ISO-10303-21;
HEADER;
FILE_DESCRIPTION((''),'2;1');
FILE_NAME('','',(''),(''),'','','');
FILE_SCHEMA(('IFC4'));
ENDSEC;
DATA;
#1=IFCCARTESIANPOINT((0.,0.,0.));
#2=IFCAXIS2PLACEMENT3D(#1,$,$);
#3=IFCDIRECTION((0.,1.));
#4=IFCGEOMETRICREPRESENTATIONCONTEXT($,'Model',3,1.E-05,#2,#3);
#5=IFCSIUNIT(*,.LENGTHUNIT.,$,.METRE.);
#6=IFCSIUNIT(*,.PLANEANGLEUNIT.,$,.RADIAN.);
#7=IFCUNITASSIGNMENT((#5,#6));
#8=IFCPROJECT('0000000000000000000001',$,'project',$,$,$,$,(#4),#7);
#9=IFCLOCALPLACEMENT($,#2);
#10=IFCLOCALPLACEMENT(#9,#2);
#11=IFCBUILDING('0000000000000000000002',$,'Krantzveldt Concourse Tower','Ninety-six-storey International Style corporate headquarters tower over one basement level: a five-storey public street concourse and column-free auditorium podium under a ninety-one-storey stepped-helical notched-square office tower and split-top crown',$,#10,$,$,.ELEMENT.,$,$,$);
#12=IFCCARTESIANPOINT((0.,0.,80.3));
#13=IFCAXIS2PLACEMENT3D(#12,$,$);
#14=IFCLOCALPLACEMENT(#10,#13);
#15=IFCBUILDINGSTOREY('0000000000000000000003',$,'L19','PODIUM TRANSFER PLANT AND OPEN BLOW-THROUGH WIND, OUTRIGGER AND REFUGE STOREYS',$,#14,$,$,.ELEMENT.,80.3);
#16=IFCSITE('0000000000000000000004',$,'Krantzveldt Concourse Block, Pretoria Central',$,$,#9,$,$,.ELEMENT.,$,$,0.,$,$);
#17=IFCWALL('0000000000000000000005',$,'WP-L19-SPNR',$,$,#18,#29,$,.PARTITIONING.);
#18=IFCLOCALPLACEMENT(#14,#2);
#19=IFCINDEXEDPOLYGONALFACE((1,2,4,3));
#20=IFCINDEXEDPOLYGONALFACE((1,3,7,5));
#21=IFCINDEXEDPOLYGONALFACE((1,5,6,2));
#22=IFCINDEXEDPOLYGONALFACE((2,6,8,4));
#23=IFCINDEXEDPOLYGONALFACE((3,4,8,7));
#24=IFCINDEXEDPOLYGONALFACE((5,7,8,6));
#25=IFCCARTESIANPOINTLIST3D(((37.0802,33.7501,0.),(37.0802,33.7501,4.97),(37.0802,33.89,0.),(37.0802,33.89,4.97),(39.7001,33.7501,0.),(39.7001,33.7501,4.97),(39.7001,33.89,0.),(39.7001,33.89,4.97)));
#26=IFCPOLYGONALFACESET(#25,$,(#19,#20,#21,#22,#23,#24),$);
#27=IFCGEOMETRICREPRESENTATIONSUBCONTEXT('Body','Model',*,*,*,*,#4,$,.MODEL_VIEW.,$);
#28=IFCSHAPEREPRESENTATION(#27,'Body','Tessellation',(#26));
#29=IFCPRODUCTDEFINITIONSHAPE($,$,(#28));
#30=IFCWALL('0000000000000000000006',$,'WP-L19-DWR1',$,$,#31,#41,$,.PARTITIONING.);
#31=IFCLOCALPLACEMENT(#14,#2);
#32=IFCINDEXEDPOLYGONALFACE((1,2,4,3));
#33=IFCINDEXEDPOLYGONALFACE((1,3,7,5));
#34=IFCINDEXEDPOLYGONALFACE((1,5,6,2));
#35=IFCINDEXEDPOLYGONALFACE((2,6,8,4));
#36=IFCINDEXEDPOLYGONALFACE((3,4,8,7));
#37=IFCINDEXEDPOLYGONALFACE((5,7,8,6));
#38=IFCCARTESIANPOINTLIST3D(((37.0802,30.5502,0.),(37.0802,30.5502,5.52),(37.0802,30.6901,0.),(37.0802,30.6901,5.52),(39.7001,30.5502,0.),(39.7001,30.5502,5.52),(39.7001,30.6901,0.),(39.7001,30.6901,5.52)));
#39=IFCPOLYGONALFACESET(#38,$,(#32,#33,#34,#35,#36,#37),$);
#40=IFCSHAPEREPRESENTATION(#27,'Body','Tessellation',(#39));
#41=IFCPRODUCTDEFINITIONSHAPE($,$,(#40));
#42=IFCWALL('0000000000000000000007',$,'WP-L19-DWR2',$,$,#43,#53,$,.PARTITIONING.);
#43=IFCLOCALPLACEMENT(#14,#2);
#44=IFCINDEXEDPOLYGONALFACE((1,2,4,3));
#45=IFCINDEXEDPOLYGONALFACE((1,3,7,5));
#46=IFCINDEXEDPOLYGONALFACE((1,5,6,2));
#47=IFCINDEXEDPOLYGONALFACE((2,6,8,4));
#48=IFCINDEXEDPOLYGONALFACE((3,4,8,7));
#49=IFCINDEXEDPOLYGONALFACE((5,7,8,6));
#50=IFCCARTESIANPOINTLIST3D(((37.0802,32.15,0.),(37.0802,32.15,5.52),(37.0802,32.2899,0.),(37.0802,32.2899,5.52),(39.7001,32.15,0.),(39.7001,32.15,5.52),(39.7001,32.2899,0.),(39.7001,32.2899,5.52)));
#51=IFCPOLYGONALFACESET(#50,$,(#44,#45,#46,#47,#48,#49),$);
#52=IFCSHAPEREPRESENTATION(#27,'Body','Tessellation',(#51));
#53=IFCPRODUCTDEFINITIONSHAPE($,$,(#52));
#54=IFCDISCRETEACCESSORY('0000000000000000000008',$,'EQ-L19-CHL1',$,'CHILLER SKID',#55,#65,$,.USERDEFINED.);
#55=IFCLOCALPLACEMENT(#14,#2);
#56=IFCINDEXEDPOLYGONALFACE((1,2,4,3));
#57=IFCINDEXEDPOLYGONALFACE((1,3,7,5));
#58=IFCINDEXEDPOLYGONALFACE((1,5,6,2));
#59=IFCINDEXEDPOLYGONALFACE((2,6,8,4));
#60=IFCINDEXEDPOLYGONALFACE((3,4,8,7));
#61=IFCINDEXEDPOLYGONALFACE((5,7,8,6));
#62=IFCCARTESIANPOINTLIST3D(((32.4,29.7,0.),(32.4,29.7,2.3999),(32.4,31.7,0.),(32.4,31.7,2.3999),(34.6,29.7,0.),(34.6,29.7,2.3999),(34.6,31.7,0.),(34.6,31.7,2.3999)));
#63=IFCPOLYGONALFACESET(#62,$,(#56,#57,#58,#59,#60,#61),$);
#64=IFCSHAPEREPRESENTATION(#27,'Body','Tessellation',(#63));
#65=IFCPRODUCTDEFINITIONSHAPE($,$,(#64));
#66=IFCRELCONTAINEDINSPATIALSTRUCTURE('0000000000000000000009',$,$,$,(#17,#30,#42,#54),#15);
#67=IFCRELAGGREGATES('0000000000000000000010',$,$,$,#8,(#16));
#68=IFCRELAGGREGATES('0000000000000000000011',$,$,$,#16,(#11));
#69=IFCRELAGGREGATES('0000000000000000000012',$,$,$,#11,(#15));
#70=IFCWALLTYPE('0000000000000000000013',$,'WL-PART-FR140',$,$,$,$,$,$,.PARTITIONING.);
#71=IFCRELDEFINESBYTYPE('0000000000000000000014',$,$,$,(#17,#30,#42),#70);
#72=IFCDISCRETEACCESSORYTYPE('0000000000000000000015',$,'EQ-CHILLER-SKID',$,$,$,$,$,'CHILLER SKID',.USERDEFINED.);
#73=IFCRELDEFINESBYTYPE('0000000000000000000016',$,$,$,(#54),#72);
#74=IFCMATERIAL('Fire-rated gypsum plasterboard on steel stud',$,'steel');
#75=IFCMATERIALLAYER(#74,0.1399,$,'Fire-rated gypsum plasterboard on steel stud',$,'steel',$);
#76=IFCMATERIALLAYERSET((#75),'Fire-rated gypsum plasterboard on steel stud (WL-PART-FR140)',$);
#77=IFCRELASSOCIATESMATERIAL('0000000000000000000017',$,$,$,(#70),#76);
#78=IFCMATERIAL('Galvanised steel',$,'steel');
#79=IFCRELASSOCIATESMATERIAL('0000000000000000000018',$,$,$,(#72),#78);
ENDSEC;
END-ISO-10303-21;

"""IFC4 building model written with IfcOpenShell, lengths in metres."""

from ifc_helpers import new_model, si_unit, direction, frame, frame_2d, origin, origin_2d, place, context, subcontext, project, spatial, rectangle, extrude, source, transform, mapped, material, layer, layer_set, type_object, type_shapes, element, save


model = new_model("IFC4")

# Units and contexts
model_context = context("Model", 3, precision=1e-05, world=origin(), true_north=direction((0.0, 1.0)))
body_context = subcontext(model_context, "Body", "Model", "MODEL_VIEW")
ifc_project = project(units=[si_unit("LENGTHUNIT", "METRE"), si_unit("PLANEANGLEUNIT", "RADIAN")], contexts=[model_context])

# Site, building, storey
site_placement = place(None, origin())
site = spatial("IfcSite", under=ifc_project, at=site_placement, Name="Krantzveldt Concourse Block, Pretoria Central", CompositionType="ELEMENT", RefElevation=0.0)
building_placement = place(site_placement, origin())
building = spatial("IfcBuilding", under=site, at=building_placement, Name="Krantzveldt Concourse Tower", Description="Ninety-six-storey International Style corporate headquarters tower over one basement level: a five-storey public street concourse and column-free auditorium podium under a ninety-one-storey stepped-helical notched-square office tower and split-top crown", CompositionType="ELEMENT")
storey_placement = place(building_placement, frame((0.0, 0.0, 80.3)))
storey = spatial("IfcBuildingStorey", under=building, at=storey_placement, Name="L19", Description="PODIUM TRANSFER PLANT AND OPEN BLOW-THROUGH WIND, OUTRIGGER AND REFUGE STOREYS", CompositionType="ELEMENT", Elevation=80.3)

# Walls
ifc_material_1 = material(Name="Fire-rated gypsum plasterboard on steel stud", Category="steel")
ifc_layer_1 = layer(ifc_material_1, 0.1399, Name="Fire-rated gypsum plasterboard on steel stud", Category="steel")
ifc_layer_set_1 = layer_set([ifc_layer_1], Name="Fire-rated gypsum plasterboard on steel stud (WL-PART-FR140)")
wall_type = type_object("IfcWallType", Name="WL-PART-FR140", PredefinedType="PARTITIONING", material=ifc_layer_set_1)
wall_placement = place(storey_placement, frame((37.0801, 33.8201, 0.0), z_axis=(0.0, 0.0, 1.0), x_axis=(1.0, 0.0, 0.0)))
element("IfcWall", 1, at=wall_placement, inside=storey, type_object=wall_type, Name="WP-L19-SPNR", PredefinedType="PARTITIONING", context=body_context, shape_type="SweptSolid", body=[
    extrude(rectangle(XDim=2.6199, YDim=0.1399, at=frame_2d((1.3101, 0.0))), origin(), (0.0, 0.0, 1.0), 4.97),
])
for number, where, z_axis, x_axis, name in (
    (2, (37.0801, 30.6201, 0.0), (0.0, 0.0, 1.0), (1.0, 0.0, 0.0), "WP-L19-DWR1"),
    (3, (37.0801, 32.22, 0.0), (0.0, 0.0, 1.0), (1.0, 0.0, 0.0), "WP-L19-DWR2"),
):
    element("IfcWall", number, at=place(storey_placement, frame(where, z_axis=z_axis, x_axis=x_axis)), inside=storey, type_object=wall_type, Name=name, PredefinedType="PARTITIONING", context=body_context, shape_type="SweptSolid", body=[
        extrude(rectangle(XDim=2.6199, YDim=0.1399, at=frame_2d((1.3101, 0.0))), origin(), (0.0, 0.0, 1.0), 5.52),
    ])

# Discrete accessory
ifc_material_2 = material(Name="Galvanised steel", Category="steel")
discrete_accessory_type = type_object("IfcDiscreteAccessoryType", Name="EQ-CHILLER-SKID", ElementType="CHILLER SKID", PredefinedType="USERDEFINED", material=ifc_material_2)
shared_shape_1 = source(origin(), body_context, "Body", "SweptSolid", [
    extrude(rectangle(XDim=2.2, YDim=2.0, at=origin_2d()), origin(), (0.0, 0.0, 1.0), 2.3999),
])
type_shapes(discrete_accessory_type, [shared_shape_1])
discrete_accessory_placement = place(storey_placement, frame((33.5, 30.7, 0.0), z_axis=(0.0, 0.0, 1.0), x_axis=(1.0, 0.0, 0.0)))
element("IfcDiscreteAccessory", 4, at=discrete_accessory_placement, inside=storey, type_object=discrete_accessory_type, Name="EQ-L19-CHL1", ObjectType="CHILLER SKID", PredefinedType="USERDEFINED", context=body_context, shape_type="MappedRepresentation", body=[
    mapped(shared_shape_1, transform((0.0, 0.0, 0.0), x_axis=(1.0, 0.0, 0.0), y_axis=(0.0, 1.0, 0.0), z_axis=(0.0, 0.0, 1.0), scale=1.0)),
])

save(model, "model.ifc")
